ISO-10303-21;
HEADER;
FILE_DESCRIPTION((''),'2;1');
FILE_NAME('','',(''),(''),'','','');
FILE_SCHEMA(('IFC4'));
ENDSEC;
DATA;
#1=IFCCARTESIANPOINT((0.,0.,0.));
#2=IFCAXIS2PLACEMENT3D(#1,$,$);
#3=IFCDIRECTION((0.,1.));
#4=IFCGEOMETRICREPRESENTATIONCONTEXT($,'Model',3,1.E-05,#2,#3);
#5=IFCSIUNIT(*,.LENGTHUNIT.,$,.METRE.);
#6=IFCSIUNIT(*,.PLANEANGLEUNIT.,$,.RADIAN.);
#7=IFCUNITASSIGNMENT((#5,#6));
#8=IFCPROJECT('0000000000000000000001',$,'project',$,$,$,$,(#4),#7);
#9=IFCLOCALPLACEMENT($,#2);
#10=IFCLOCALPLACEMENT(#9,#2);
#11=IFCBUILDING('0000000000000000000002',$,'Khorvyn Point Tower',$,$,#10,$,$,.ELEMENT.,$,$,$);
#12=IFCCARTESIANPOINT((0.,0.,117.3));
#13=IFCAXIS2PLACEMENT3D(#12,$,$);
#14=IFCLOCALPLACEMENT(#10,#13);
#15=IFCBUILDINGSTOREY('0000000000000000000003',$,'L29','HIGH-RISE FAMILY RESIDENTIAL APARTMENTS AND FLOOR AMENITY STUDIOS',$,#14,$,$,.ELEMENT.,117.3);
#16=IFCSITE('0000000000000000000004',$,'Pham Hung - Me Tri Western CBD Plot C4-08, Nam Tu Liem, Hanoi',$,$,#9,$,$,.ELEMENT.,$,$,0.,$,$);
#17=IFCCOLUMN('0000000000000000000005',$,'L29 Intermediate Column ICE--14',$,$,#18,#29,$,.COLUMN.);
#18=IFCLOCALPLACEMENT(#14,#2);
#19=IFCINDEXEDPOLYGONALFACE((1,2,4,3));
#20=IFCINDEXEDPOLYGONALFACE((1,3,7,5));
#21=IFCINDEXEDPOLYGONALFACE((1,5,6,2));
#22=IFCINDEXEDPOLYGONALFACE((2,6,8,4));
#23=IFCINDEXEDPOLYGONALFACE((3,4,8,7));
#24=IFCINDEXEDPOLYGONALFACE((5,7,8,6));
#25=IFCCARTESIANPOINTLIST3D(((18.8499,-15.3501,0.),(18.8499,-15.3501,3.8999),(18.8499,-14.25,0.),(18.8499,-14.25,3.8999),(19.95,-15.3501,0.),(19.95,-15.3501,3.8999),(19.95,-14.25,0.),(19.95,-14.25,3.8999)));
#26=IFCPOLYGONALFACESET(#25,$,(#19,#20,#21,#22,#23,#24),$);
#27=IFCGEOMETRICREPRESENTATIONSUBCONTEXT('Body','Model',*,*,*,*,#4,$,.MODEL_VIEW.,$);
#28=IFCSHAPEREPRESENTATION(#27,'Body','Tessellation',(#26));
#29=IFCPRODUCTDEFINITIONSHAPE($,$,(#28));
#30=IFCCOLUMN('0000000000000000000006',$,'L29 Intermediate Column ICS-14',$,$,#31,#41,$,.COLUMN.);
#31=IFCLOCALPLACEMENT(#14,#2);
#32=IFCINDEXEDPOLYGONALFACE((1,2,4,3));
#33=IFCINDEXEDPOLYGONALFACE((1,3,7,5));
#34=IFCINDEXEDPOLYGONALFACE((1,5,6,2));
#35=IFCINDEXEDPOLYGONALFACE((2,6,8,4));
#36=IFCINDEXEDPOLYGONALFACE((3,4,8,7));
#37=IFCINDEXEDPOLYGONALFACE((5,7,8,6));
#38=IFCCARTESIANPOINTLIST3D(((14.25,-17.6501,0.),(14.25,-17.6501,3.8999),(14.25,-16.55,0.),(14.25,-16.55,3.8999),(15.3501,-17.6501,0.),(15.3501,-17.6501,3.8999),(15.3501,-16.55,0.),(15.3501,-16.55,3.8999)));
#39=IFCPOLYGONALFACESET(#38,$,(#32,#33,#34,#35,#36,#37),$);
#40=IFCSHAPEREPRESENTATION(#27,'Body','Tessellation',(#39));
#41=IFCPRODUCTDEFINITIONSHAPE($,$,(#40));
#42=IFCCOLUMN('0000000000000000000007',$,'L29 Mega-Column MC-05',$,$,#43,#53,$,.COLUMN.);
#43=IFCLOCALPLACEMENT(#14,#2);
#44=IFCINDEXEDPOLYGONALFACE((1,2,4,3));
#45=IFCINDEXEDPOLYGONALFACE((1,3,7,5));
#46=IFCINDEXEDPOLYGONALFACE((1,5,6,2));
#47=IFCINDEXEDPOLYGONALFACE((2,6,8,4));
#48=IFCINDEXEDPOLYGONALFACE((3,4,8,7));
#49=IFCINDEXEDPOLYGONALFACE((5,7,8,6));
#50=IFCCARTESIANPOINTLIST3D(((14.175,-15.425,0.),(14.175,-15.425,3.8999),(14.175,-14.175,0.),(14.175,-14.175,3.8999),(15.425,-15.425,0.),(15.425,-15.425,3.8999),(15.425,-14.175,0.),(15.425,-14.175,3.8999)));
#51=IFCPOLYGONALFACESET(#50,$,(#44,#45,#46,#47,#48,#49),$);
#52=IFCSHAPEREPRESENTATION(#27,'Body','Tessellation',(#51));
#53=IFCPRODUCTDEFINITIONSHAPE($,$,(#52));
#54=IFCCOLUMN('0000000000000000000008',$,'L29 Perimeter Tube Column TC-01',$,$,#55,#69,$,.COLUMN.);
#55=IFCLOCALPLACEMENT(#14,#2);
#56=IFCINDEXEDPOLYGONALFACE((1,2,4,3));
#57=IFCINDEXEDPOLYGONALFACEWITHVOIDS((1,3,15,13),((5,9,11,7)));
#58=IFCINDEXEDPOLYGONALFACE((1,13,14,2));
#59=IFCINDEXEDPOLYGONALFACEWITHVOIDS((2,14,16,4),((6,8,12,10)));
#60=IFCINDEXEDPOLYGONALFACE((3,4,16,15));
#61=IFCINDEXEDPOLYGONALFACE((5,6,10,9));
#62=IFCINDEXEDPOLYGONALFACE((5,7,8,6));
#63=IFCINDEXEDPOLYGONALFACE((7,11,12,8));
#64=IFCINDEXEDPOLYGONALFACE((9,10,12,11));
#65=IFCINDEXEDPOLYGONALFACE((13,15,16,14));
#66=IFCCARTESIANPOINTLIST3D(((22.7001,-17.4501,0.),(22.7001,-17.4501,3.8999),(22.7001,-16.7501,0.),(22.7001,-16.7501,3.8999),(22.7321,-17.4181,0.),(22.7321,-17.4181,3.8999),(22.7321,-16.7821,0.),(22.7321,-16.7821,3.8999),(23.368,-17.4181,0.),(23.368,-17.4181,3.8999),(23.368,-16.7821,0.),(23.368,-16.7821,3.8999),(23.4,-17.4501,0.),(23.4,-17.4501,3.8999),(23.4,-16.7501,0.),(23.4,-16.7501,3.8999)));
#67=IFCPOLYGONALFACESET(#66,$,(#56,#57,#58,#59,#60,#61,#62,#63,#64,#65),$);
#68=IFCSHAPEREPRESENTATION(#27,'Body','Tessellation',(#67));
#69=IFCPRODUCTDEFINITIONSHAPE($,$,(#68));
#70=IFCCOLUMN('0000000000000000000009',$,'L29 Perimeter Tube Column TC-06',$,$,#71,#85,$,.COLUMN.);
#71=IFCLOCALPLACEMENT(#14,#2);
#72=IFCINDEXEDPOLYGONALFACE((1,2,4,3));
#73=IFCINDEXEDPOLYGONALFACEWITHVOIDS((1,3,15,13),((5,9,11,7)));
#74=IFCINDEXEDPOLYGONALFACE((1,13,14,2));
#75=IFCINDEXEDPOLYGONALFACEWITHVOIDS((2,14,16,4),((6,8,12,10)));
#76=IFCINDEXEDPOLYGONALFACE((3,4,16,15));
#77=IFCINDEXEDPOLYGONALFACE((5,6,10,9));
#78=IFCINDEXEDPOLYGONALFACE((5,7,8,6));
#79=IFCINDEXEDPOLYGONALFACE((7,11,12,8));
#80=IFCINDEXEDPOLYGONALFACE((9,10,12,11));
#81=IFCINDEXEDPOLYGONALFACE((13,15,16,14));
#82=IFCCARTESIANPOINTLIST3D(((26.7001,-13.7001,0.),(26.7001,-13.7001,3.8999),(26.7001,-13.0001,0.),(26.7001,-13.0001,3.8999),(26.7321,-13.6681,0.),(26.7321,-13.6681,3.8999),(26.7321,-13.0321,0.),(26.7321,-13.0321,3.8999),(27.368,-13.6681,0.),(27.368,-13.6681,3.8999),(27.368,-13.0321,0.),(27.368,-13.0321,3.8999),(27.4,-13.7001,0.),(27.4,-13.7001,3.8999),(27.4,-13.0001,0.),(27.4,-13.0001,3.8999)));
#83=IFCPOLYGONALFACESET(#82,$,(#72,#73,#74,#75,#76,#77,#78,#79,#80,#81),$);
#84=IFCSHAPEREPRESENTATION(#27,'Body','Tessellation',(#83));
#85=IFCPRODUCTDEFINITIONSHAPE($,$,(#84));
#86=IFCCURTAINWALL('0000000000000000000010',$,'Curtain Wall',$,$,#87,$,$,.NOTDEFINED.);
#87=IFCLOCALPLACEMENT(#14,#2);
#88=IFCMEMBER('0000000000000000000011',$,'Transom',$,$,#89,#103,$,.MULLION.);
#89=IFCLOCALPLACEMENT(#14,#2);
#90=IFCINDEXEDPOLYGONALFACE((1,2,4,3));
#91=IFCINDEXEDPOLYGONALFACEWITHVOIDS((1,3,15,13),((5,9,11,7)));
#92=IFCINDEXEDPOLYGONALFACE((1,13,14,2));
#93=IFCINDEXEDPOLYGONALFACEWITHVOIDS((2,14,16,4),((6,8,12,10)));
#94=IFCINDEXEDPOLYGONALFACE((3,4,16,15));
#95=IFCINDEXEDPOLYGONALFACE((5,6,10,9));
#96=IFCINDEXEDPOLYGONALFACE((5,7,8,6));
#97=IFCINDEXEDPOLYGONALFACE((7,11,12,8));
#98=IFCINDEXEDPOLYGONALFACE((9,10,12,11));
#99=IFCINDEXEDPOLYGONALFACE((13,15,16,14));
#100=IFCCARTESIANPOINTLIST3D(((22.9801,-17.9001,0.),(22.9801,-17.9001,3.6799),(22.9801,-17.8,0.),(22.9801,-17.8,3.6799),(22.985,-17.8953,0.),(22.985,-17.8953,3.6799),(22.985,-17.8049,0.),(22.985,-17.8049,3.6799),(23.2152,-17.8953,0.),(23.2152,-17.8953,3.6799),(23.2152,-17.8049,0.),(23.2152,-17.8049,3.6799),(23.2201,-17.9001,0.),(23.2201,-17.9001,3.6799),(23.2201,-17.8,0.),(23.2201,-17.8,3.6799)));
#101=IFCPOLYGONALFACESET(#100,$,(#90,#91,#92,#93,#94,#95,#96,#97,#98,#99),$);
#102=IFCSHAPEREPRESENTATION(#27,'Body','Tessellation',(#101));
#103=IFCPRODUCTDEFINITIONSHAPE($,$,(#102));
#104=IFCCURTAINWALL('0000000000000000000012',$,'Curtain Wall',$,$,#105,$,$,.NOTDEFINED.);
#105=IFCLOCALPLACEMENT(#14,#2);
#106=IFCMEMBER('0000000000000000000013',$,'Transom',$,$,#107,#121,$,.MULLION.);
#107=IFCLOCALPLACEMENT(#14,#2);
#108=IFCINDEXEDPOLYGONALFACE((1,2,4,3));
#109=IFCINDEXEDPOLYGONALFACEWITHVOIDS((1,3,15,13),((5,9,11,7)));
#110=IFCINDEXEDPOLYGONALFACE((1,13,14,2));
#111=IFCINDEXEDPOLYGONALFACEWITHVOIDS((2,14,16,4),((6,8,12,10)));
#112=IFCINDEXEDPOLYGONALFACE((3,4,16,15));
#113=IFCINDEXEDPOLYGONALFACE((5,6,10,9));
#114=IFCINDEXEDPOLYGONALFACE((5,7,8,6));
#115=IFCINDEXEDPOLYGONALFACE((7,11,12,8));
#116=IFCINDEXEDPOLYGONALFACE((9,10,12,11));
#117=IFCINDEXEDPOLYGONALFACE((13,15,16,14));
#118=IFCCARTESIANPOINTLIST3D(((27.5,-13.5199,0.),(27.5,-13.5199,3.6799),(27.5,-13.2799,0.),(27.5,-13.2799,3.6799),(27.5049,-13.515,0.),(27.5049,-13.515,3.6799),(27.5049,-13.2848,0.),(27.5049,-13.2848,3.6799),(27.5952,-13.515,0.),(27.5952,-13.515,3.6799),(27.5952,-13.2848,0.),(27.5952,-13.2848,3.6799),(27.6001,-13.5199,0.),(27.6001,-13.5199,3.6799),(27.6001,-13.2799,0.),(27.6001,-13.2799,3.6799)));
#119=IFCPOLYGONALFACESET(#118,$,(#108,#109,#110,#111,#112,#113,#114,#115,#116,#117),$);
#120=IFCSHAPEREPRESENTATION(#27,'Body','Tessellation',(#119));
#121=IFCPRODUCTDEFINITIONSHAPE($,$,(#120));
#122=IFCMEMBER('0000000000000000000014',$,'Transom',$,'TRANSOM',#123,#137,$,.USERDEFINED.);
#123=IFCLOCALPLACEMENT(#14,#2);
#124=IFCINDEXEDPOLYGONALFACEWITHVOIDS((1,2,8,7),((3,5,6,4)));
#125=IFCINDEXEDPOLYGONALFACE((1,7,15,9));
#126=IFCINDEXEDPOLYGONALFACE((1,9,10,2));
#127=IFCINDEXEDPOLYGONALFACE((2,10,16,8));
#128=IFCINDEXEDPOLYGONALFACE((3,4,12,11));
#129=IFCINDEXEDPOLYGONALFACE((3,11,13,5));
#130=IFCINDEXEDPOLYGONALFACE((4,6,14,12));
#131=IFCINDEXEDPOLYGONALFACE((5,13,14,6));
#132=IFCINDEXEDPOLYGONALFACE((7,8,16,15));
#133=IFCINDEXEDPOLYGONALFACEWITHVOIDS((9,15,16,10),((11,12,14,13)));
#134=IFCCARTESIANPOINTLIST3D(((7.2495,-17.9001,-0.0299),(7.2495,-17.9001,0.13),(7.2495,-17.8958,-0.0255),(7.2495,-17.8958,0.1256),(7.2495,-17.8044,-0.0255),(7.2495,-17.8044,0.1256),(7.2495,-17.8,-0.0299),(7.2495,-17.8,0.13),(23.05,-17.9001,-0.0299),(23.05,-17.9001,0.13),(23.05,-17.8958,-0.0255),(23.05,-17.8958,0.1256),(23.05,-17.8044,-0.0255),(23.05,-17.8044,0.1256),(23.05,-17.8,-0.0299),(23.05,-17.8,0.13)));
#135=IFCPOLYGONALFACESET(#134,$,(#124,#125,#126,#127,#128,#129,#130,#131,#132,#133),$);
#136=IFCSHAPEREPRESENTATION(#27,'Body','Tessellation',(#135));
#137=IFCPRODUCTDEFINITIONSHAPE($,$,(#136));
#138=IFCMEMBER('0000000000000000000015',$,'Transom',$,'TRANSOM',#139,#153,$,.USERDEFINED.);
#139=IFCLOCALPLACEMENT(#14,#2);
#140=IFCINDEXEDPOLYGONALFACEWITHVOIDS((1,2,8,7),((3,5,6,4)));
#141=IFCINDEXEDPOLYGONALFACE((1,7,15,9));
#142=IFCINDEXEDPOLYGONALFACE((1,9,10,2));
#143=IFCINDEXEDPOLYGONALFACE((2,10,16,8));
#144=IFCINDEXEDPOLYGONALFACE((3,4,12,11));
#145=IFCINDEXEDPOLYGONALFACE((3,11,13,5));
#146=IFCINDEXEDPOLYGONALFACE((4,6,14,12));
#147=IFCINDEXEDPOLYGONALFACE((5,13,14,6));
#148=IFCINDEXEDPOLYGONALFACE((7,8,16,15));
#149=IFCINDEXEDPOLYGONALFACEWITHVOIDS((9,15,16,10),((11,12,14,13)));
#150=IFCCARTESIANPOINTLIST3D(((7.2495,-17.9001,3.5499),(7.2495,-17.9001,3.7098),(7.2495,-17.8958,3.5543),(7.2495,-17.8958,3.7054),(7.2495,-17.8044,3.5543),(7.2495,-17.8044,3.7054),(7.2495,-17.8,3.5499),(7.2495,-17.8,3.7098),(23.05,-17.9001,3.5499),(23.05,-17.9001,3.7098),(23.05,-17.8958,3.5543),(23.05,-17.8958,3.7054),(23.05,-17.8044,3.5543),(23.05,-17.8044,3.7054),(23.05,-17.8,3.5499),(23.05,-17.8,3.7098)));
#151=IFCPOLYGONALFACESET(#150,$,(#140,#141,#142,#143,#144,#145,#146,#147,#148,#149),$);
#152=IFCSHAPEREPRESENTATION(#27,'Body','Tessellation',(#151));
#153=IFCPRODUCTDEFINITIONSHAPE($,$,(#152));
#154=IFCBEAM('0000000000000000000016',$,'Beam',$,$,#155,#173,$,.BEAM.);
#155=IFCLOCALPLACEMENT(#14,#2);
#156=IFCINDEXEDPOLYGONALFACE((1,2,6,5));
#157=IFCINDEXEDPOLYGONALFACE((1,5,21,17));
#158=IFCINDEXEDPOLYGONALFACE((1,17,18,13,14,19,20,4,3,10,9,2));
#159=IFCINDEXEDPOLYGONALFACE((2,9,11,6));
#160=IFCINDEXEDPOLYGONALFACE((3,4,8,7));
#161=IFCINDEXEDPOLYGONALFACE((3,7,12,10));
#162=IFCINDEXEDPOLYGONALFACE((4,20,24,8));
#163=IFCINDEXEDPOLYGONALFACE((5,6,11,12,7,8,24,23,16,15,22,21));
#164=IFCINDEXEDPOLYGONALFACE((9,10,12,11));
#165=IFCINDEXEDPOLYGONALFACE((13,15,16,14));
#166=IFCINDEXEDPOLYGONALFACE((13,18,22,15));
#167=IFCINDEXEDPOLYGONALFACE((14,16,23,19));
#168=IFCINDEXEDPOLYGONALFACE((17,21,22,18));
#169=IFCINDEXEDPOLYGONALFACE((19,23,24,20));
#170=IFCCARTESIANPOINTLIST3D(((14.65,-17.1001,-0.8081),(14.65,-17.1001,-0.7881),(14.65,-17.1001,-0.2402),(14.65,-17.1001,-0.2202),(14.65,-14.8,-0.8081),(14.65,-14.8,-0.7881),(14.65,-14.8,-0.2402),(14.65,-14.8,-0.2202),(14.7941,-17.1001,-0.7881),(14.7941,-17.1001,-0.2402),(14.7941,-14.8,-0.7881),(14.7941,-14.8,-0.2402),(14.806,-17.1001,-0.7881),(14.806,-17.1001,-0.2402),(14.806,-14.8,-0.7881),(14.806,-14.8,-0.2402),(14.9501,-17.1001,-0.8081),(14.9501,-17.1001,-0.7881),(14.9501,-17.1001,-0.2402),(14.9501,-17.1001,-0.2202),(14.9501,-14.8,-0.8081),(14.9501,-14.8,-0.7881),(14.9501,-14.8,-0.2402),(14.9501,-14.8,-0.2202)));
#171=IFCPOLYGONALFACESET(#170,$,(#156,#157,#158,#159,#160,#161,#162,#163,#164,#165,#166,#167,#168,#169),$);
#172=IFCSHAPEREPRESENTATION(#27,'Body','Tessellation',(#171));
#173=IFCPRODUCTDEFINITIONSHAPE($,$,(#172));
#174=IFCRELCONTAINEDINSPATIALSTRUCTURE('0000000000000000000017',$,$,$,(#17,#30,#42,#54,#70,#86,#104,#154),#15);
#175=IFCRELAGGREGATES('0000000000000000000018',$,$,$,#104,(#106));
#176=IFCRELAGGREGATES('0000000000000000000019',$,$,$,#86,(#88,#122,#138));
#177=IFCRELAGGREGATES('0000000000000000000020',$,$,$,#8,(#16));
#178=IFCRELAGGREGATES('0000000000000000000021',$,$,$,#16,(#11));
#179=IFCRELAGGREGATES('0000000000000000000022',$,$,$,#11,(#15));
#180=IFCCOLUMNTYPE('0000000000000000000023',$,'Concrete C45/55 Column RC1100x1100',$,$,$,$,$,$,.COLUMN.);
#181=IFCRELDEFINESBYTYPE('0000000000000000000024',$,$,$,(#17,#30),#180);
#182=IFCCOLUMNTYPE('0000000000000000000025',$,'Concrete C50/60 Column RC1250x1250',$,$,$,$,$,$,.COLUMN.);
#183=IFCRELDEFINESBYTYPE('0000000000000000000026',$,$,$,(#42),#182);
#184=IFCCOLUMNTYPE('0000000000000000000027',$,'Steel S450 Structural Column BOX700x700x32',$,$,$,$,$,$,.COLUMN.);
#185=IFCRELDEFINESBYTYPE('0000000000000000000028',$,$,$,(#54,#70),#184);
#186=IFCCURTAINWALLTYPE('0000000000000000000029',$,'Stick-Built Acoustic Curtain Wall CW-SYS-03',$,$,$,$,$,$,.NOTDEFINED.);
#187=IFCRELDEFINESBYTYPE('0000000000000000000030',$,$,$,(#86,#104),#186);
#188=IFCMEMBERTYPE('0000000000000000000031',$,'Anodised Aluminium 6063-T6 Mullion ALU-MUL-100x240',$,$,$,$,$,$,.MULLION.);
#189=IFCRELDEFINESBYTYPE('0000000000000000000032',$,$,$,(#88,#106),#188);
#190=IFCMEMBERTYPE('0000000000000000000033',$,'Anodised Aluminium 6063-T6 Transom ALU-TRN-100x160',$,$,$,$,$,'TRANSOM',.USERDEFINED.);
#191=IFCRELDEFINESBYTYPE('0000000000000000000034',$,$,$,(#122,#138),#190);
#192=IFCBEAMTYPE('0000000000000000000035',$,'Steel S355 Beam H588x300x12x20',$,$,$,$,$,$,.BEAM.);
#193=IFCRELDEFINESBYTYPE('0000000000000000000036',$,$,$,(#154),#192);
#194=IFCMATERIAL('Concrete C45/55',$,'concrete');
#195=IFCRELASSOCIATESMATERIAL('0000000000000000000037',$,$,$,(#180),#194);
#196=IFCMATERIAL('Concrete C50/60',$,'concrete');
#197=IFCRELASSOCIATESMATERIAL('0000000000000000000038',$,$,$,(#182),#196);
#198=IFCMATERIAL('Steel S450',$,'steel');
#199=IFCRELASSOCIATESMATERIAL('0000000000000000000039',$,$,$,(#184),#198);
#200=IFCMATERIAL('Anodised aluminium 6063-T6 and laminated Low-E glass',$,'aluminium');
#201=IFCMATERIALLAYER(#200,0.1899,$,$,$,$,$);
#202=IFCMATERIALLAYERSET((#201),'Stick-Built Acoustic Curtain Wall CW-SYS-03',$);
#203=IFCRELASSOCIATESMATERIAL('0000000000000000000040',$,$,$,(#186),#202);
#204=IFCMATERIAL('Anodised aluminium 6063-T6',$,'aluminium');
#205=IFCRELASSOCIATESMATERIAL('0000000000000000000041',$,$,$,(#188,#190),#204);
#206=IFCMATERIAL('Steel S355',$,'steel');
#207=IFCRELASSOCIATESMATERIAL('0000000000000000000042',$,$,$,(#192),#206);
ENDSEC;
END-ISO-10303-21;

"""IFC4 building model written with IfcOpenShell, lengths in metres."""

from ifc_helpers import new_model, si_unit, direction, frame, origin, origin_2d, place, context, subcontext, project, spatial, rectangle, hollow_rectangle, i_section, extrude, material, layer, layer_set, material_profile, profile_set, type_object, element, aggregate, save


model = new_model("IFC4")

# Units and contexts
model_context = context("Model", 3, precision=1e-05, world=origin(), true_north=direction((0.0, 1.0)))
body_context = subcontext(model_context, "Body", "Model", "MODEL_VIEW")
ifc_project = project(units=[si_unit("LENGTHUNIT", "METRE"), si_unit("PLANEANGLEUNIT", "RADIAN")], contexts=[model_context])

# Site, building, storey
site_placement = place(None, origin())
site = spatial("IfcSite", under=ifc_project, at=site_placement, Name="Pham Hung - Me Tri Western CBD Plot C4-08, Nam Tu Liem, Hanoi", CompositionType="ELEMENT", RefElevation=0.0)
building_placement = place(site_placement, origin())
building = spatial("IfcBuilding", under=site, at=building_placement, Name="Khorvyn Point Tower", CompositionType="ELEMENT")
storey_placement = place(building_placement, frame((0.0, 0.0, 117.3)))
storey = spatial("IfcBuildingStorey", under=building, at=storey_placement, Name="L29", Description="HIGH-RISE FAMILY RESIDENTIAL APARTMENTS AND FLOOR AMENITY STUDIOS", CompositionType="ELEMENT", Elevation=117.3)

# Columns
ifc_material_1 = material(Name="Concrete C45/55", Category="concrete")
ifc_material_profile_1 = material_profile(ifc_material_1, rectangle(XDim=1.1001, YDim=1.1001, at=origin_2d()))
ifc_profile_set_1 = profile_set([ifc_material_profile_1], Name="Concrete C45/55 RC1100x1100")
column_type_1 = type_object("IfcColumnType", Name="Concrete C45/55 Column RC1100x1100", PredefinedType="COLUMN", material=ifc_profile_set_1)
for number, where, z_axis, x_axis, name in (
    (1, (19.3999, -14.8, 0.0), (0.0, 0.0, 1.0), (1.0, 0.0, 0.0), "L29 Intermediate Column ICE--14"),
    (2, (14.8, -17.1001, 0.0), (0.0, 0.0, 1.0), (1.0, 0.0, 0.0), "L29 Intermediate Column ICS-14"),
):
    element("IfcColumn", number, at=place(storey_placement, frame(where, z_axis=z_axis, x_axis=x_axis)), inside=storey, type_object=column_type_1, Name=name, PredefinedType="COLUMN", context=body_context, shape_type="SweptSolid", body=[
        extrude(rectangle(XDim=1.1001, YDim=1.1001, at=origin_2d()), origin(), (0.0, 0.0, 1.0), 3.8999),
    ])
ifc_material_2 = material(Name="Concrete C50/60", Category="concrete")
ifc_material_profile_2 = material_profile(ifc_material_2, rectangle(XDim=1.25, YDim=1.25, at=origin_2d()))
ifc_profile_set_2 = profile_set([ifc_material_profile_2], Name="Concrete C50/60 RC1250x1250")
column_type_2 = type_object("IfcColumnType", Name="Concrete C50/60 Column RC1250x1250", PredefinedType="COLUMN", material=ifc_profile_set_2)
column_placement = place(storey_placement, frame((14.8, -14.8, 0.0), z_axis=(0.0, 0.0, 1.0), x_axis=(1.0, 0.0, 0.0)))
element("IfcColumn", 3, at=column_placement, inside=storey, type_object=column_type_2, Name="L29 Mega-Column MC-05", PredefinedType="COLUMN", context=body_context, shape_type="SweptSolid", body=[
    extrude(rectangle(XDim=1.25, YDim=1.25, at=origin_2d()), origin(), (0.0, 0.0, 1.0), 3.8999),
])
ifc_material_3 = material(Name="Steel S450", Category="steel")
ifc_material_profile_3 = material_profile(ifc_material_3, hollow_rectangle(XDim=0.7, YDim=0.7, WallThickness=0.032, at=origin_2d()))
ifc_profile_set_3 = profile_set([ifc_material_profile_3], Name="Steel S450 BOX700x700x32")
column_type_3 = type_object("IfcColumnType", Name="Steel S450 Structural Column BOX700x700x32", PredefinedType="COLUMN", material=ifc_profile_set_3)
for number, where, z_axis, x_axis, name in (
    (4, (23.05, -17.1001, 0.0), (0.0, 0.0, 1.0), (1.0, 0.0, 0.0), "L29 Perimeter Tube Column TC-01"),
    (5, (27.05, -13.3501, 0.0), (0.0, 0.0, 1.0), (1.0, 0.0, 0.0), "L29 Perimeter Tube Column TC-06"),
):
    element("IfcColumn", number, at=place(storey_placement, frame(where, z_axis=z_axis, x_axis=x_axis)), inside=storey, type_object=column_type_3, Name=name, PredefinedType="COLUMN", context=body_context, shape_type="SweptSolid", body=[
        extrude(hollow_rectangle(XDim=0.7, YDim=0.7, WallThickness=0.032, at=origin_2d()), origin(), (0.0, 0.0, 1.0), 3.8999),
    ])

# Curtain walls, members
ifc_material_4 = material(Name="Anodised aluminium 6063-T6 and laminated Low-E glass", Category="aluminium")
ifc_layer_1 = layer(ifc_material_4, 0.1899)
ifc_layer_set_1 = layer_set([ifc_layer_1], Name="Stick-Built Acoustic Curtain Wall CW-SYS-03")
curtain_wall_type = type_object("IfcCurtainWallType", Name="Stick-Built Acoustic Curtain Wall CW-SYS-03", PredefinedType="NOTDEFINED", material=ifc_layer_set_1)
curtain_wall_1_placement = place(storey_placement, origin())
curtain_wall_1 = element("IfcCurtainWall", 6, at=curtain_wall_1_placement, inside=storey, type_object=curtain_wall_type, Name="Curtain Wall", PredefinedType="NOTDEFINED")
ifc_material_5 = material(Name="Anodised aluminium 6063-T6", Category="aluminium")
ifc_material_profile_4 = material_profile(ifc_material_5, hollow_rectangle(XDim=0.1001, YDim=0.24, WallThickness=0.0049, at=origin_2d()))
ifc_profile_set_4 = profile_set([ifc_material_profile_4], Name="Anodised aluminium 6063-T6 ALU-MUL-100x240")
member_type_1 = type_object("IfcMemberType", Name="Anodised Aluminium 6063-T6 Mullion ALU-MUL-100x240", PredefinedType="MULLION", material=ifc_profile_set_4)
member_1_placement = place(storey_placement, frame((23.1001, -17.8501, 0.0), z_axis=(0.0, 0.0, 1.0), x_axis=(0.0, -1.0, 0.0)))
member_1 = element("IfcMember", 7, at=member_1_placement, type_object=member_type_1, Name="Transom", PredefinedType="MULLION", context=body_context, shape_type="SweptSolid", body=[
    extrude(hollow_rectangle(XDim=0.1001, YDim=0.24, WallThickness=0.0049, at=origin_2d()), origin(), (0.0, 0.0, 1.0), 3.6799),
])
curtain_wall_2_placement = place(storey_placement, origin())
curtain_wall_2 = element("IfcCurtainWall", 8, at=curtain_wall_2_placement, inside=storey, type_object=curtain_wall_type, Name="Curtain Wall", PredefinedType="NOTDEFINED")
member_2_placement = place(storey_placement, frame((27.55, -13.3999, 0.0), z_axis=(0.0, 0.0, 1.0), x_axis=(1.0, 0.0, 0.0)))
member_2 = element("IfcMember", 9, at=member_2_placement, type_object=member_type_1, Name="Transom", PredefinedType="MULLION", context=body_context, shape_type="SweptSolid", body=[
    extrude(hollow_rectangle(XDim=0.1001, YDim=0.24, WallThickness=0.0049, at=origin_2d()), origin(), (0.0, 0.0, 1.0), 3.6799),
])
aggregate(curtain_wall_2, [member_2])

# Members
ifc_material_profile_5 = material_profile(ifc_material_5, hollow_rectangle(XDim=0.1001, YDim=0.1599, WallThickness=0.0044, at=origin_2d()))
ifc_profile_set_5 = profile_set([ifc_material_profile_5], Name="Anodised aluminium 6063-T6 ALU-TRN-100x160")
member_type_2 = type_object("IfcMemberType", Name="Anodised Aluminium 6063-T6 Transom ALU-TRN-100x160", ElementType="TRANSOM", PredefinedType="USERDEFINED", material=ifc_profile_set_5)
member_3_placement = place(storey_placement, frame((23.05, -17.8501, 0.05), z_axis=(-1.0, 0.0, 0.0), x_axis=(0.0, -1.0, 0.0)))
member_3 = element("IfcMember", 10, at=member_3_placement, type_object=member_type_2, Name="Transom", ObjectType="TRANSOM", PredefinedType="USERDEFINED", context=body_context, shape_type="SweptSolid", body=[
    extrude(hollow_rectangle(XDim=0.1001, YDim=0.1599, WallThickness=0.0044, at=origin_2d()), origin(), (0.0, 0.0, 1.0), 15.8005),
])
member_4_placement = place(storey_placement, frame((23.05, -17.8501, 3.6299), z_axis=(-1.0, 0.0, 0.0), x_axis=(0.0, -1.0, 0.0)))
member_4 = element("IfcMember", 11, at=member_4_placement, type_object=member_type_2, Name="Transom", ObjectType="TRANSOM", PredefinedType="USERDEFINED", context=body_context, shape_type="SweptSolid", body=[
    extrude(hollow_rectangle(XDim=0.1001, YDim=0.1599, WallThickness=0.0044, at=origin_2d()), origin(), (0.0, 0.0, 1.0), 15.8005),
])

# Beam
ifc_material_6 = material(Name="Steel S355", Category="steel")
ifc_material_profile_6 = material_profile(ifc_material_6, i_section(OverallWidth=0.3, OverallDepth=0.5879, WebThickness=0.012, FlangeThickness=0.02, at=origin_2d()))
ifc_profile_set_6 = profile_set([ifc_material_profile_6], Name="Steel S355 H588x300x12x20")
beam_type_1 = type_object("IfcBeamType", Name="Steel S355 Beam H588x300x12x20", PredefinedType="BEAM", material=ifc_profile_set_6)
beam_1_placement = place(storey_placement, frame((14.8, -17.1001, -0.5142), z_axis=(0.0, 1.0, 0.0), x_axis=(-1.0, 0.0, 0.0)))
element("IfcBeam", 12, at=beam_1_placement, inside=storey, type_object=beam_type_1, Name="Beam", PredefinedType="BEAM", context=body_context, shape_type="SweptSolid", body=[
    extrude(i_section(OverallWidth=0.3, OverallDepth=0.5879, WebThickness=0.012, FlangeThickness=0.02, at=origin_2d()), origin(), (0.0, 0.0, 1.0), 2.3),
])

aggregate(curtain_wall_1, [member_1, member_3, member_4])

save(model, "model.ifc")
